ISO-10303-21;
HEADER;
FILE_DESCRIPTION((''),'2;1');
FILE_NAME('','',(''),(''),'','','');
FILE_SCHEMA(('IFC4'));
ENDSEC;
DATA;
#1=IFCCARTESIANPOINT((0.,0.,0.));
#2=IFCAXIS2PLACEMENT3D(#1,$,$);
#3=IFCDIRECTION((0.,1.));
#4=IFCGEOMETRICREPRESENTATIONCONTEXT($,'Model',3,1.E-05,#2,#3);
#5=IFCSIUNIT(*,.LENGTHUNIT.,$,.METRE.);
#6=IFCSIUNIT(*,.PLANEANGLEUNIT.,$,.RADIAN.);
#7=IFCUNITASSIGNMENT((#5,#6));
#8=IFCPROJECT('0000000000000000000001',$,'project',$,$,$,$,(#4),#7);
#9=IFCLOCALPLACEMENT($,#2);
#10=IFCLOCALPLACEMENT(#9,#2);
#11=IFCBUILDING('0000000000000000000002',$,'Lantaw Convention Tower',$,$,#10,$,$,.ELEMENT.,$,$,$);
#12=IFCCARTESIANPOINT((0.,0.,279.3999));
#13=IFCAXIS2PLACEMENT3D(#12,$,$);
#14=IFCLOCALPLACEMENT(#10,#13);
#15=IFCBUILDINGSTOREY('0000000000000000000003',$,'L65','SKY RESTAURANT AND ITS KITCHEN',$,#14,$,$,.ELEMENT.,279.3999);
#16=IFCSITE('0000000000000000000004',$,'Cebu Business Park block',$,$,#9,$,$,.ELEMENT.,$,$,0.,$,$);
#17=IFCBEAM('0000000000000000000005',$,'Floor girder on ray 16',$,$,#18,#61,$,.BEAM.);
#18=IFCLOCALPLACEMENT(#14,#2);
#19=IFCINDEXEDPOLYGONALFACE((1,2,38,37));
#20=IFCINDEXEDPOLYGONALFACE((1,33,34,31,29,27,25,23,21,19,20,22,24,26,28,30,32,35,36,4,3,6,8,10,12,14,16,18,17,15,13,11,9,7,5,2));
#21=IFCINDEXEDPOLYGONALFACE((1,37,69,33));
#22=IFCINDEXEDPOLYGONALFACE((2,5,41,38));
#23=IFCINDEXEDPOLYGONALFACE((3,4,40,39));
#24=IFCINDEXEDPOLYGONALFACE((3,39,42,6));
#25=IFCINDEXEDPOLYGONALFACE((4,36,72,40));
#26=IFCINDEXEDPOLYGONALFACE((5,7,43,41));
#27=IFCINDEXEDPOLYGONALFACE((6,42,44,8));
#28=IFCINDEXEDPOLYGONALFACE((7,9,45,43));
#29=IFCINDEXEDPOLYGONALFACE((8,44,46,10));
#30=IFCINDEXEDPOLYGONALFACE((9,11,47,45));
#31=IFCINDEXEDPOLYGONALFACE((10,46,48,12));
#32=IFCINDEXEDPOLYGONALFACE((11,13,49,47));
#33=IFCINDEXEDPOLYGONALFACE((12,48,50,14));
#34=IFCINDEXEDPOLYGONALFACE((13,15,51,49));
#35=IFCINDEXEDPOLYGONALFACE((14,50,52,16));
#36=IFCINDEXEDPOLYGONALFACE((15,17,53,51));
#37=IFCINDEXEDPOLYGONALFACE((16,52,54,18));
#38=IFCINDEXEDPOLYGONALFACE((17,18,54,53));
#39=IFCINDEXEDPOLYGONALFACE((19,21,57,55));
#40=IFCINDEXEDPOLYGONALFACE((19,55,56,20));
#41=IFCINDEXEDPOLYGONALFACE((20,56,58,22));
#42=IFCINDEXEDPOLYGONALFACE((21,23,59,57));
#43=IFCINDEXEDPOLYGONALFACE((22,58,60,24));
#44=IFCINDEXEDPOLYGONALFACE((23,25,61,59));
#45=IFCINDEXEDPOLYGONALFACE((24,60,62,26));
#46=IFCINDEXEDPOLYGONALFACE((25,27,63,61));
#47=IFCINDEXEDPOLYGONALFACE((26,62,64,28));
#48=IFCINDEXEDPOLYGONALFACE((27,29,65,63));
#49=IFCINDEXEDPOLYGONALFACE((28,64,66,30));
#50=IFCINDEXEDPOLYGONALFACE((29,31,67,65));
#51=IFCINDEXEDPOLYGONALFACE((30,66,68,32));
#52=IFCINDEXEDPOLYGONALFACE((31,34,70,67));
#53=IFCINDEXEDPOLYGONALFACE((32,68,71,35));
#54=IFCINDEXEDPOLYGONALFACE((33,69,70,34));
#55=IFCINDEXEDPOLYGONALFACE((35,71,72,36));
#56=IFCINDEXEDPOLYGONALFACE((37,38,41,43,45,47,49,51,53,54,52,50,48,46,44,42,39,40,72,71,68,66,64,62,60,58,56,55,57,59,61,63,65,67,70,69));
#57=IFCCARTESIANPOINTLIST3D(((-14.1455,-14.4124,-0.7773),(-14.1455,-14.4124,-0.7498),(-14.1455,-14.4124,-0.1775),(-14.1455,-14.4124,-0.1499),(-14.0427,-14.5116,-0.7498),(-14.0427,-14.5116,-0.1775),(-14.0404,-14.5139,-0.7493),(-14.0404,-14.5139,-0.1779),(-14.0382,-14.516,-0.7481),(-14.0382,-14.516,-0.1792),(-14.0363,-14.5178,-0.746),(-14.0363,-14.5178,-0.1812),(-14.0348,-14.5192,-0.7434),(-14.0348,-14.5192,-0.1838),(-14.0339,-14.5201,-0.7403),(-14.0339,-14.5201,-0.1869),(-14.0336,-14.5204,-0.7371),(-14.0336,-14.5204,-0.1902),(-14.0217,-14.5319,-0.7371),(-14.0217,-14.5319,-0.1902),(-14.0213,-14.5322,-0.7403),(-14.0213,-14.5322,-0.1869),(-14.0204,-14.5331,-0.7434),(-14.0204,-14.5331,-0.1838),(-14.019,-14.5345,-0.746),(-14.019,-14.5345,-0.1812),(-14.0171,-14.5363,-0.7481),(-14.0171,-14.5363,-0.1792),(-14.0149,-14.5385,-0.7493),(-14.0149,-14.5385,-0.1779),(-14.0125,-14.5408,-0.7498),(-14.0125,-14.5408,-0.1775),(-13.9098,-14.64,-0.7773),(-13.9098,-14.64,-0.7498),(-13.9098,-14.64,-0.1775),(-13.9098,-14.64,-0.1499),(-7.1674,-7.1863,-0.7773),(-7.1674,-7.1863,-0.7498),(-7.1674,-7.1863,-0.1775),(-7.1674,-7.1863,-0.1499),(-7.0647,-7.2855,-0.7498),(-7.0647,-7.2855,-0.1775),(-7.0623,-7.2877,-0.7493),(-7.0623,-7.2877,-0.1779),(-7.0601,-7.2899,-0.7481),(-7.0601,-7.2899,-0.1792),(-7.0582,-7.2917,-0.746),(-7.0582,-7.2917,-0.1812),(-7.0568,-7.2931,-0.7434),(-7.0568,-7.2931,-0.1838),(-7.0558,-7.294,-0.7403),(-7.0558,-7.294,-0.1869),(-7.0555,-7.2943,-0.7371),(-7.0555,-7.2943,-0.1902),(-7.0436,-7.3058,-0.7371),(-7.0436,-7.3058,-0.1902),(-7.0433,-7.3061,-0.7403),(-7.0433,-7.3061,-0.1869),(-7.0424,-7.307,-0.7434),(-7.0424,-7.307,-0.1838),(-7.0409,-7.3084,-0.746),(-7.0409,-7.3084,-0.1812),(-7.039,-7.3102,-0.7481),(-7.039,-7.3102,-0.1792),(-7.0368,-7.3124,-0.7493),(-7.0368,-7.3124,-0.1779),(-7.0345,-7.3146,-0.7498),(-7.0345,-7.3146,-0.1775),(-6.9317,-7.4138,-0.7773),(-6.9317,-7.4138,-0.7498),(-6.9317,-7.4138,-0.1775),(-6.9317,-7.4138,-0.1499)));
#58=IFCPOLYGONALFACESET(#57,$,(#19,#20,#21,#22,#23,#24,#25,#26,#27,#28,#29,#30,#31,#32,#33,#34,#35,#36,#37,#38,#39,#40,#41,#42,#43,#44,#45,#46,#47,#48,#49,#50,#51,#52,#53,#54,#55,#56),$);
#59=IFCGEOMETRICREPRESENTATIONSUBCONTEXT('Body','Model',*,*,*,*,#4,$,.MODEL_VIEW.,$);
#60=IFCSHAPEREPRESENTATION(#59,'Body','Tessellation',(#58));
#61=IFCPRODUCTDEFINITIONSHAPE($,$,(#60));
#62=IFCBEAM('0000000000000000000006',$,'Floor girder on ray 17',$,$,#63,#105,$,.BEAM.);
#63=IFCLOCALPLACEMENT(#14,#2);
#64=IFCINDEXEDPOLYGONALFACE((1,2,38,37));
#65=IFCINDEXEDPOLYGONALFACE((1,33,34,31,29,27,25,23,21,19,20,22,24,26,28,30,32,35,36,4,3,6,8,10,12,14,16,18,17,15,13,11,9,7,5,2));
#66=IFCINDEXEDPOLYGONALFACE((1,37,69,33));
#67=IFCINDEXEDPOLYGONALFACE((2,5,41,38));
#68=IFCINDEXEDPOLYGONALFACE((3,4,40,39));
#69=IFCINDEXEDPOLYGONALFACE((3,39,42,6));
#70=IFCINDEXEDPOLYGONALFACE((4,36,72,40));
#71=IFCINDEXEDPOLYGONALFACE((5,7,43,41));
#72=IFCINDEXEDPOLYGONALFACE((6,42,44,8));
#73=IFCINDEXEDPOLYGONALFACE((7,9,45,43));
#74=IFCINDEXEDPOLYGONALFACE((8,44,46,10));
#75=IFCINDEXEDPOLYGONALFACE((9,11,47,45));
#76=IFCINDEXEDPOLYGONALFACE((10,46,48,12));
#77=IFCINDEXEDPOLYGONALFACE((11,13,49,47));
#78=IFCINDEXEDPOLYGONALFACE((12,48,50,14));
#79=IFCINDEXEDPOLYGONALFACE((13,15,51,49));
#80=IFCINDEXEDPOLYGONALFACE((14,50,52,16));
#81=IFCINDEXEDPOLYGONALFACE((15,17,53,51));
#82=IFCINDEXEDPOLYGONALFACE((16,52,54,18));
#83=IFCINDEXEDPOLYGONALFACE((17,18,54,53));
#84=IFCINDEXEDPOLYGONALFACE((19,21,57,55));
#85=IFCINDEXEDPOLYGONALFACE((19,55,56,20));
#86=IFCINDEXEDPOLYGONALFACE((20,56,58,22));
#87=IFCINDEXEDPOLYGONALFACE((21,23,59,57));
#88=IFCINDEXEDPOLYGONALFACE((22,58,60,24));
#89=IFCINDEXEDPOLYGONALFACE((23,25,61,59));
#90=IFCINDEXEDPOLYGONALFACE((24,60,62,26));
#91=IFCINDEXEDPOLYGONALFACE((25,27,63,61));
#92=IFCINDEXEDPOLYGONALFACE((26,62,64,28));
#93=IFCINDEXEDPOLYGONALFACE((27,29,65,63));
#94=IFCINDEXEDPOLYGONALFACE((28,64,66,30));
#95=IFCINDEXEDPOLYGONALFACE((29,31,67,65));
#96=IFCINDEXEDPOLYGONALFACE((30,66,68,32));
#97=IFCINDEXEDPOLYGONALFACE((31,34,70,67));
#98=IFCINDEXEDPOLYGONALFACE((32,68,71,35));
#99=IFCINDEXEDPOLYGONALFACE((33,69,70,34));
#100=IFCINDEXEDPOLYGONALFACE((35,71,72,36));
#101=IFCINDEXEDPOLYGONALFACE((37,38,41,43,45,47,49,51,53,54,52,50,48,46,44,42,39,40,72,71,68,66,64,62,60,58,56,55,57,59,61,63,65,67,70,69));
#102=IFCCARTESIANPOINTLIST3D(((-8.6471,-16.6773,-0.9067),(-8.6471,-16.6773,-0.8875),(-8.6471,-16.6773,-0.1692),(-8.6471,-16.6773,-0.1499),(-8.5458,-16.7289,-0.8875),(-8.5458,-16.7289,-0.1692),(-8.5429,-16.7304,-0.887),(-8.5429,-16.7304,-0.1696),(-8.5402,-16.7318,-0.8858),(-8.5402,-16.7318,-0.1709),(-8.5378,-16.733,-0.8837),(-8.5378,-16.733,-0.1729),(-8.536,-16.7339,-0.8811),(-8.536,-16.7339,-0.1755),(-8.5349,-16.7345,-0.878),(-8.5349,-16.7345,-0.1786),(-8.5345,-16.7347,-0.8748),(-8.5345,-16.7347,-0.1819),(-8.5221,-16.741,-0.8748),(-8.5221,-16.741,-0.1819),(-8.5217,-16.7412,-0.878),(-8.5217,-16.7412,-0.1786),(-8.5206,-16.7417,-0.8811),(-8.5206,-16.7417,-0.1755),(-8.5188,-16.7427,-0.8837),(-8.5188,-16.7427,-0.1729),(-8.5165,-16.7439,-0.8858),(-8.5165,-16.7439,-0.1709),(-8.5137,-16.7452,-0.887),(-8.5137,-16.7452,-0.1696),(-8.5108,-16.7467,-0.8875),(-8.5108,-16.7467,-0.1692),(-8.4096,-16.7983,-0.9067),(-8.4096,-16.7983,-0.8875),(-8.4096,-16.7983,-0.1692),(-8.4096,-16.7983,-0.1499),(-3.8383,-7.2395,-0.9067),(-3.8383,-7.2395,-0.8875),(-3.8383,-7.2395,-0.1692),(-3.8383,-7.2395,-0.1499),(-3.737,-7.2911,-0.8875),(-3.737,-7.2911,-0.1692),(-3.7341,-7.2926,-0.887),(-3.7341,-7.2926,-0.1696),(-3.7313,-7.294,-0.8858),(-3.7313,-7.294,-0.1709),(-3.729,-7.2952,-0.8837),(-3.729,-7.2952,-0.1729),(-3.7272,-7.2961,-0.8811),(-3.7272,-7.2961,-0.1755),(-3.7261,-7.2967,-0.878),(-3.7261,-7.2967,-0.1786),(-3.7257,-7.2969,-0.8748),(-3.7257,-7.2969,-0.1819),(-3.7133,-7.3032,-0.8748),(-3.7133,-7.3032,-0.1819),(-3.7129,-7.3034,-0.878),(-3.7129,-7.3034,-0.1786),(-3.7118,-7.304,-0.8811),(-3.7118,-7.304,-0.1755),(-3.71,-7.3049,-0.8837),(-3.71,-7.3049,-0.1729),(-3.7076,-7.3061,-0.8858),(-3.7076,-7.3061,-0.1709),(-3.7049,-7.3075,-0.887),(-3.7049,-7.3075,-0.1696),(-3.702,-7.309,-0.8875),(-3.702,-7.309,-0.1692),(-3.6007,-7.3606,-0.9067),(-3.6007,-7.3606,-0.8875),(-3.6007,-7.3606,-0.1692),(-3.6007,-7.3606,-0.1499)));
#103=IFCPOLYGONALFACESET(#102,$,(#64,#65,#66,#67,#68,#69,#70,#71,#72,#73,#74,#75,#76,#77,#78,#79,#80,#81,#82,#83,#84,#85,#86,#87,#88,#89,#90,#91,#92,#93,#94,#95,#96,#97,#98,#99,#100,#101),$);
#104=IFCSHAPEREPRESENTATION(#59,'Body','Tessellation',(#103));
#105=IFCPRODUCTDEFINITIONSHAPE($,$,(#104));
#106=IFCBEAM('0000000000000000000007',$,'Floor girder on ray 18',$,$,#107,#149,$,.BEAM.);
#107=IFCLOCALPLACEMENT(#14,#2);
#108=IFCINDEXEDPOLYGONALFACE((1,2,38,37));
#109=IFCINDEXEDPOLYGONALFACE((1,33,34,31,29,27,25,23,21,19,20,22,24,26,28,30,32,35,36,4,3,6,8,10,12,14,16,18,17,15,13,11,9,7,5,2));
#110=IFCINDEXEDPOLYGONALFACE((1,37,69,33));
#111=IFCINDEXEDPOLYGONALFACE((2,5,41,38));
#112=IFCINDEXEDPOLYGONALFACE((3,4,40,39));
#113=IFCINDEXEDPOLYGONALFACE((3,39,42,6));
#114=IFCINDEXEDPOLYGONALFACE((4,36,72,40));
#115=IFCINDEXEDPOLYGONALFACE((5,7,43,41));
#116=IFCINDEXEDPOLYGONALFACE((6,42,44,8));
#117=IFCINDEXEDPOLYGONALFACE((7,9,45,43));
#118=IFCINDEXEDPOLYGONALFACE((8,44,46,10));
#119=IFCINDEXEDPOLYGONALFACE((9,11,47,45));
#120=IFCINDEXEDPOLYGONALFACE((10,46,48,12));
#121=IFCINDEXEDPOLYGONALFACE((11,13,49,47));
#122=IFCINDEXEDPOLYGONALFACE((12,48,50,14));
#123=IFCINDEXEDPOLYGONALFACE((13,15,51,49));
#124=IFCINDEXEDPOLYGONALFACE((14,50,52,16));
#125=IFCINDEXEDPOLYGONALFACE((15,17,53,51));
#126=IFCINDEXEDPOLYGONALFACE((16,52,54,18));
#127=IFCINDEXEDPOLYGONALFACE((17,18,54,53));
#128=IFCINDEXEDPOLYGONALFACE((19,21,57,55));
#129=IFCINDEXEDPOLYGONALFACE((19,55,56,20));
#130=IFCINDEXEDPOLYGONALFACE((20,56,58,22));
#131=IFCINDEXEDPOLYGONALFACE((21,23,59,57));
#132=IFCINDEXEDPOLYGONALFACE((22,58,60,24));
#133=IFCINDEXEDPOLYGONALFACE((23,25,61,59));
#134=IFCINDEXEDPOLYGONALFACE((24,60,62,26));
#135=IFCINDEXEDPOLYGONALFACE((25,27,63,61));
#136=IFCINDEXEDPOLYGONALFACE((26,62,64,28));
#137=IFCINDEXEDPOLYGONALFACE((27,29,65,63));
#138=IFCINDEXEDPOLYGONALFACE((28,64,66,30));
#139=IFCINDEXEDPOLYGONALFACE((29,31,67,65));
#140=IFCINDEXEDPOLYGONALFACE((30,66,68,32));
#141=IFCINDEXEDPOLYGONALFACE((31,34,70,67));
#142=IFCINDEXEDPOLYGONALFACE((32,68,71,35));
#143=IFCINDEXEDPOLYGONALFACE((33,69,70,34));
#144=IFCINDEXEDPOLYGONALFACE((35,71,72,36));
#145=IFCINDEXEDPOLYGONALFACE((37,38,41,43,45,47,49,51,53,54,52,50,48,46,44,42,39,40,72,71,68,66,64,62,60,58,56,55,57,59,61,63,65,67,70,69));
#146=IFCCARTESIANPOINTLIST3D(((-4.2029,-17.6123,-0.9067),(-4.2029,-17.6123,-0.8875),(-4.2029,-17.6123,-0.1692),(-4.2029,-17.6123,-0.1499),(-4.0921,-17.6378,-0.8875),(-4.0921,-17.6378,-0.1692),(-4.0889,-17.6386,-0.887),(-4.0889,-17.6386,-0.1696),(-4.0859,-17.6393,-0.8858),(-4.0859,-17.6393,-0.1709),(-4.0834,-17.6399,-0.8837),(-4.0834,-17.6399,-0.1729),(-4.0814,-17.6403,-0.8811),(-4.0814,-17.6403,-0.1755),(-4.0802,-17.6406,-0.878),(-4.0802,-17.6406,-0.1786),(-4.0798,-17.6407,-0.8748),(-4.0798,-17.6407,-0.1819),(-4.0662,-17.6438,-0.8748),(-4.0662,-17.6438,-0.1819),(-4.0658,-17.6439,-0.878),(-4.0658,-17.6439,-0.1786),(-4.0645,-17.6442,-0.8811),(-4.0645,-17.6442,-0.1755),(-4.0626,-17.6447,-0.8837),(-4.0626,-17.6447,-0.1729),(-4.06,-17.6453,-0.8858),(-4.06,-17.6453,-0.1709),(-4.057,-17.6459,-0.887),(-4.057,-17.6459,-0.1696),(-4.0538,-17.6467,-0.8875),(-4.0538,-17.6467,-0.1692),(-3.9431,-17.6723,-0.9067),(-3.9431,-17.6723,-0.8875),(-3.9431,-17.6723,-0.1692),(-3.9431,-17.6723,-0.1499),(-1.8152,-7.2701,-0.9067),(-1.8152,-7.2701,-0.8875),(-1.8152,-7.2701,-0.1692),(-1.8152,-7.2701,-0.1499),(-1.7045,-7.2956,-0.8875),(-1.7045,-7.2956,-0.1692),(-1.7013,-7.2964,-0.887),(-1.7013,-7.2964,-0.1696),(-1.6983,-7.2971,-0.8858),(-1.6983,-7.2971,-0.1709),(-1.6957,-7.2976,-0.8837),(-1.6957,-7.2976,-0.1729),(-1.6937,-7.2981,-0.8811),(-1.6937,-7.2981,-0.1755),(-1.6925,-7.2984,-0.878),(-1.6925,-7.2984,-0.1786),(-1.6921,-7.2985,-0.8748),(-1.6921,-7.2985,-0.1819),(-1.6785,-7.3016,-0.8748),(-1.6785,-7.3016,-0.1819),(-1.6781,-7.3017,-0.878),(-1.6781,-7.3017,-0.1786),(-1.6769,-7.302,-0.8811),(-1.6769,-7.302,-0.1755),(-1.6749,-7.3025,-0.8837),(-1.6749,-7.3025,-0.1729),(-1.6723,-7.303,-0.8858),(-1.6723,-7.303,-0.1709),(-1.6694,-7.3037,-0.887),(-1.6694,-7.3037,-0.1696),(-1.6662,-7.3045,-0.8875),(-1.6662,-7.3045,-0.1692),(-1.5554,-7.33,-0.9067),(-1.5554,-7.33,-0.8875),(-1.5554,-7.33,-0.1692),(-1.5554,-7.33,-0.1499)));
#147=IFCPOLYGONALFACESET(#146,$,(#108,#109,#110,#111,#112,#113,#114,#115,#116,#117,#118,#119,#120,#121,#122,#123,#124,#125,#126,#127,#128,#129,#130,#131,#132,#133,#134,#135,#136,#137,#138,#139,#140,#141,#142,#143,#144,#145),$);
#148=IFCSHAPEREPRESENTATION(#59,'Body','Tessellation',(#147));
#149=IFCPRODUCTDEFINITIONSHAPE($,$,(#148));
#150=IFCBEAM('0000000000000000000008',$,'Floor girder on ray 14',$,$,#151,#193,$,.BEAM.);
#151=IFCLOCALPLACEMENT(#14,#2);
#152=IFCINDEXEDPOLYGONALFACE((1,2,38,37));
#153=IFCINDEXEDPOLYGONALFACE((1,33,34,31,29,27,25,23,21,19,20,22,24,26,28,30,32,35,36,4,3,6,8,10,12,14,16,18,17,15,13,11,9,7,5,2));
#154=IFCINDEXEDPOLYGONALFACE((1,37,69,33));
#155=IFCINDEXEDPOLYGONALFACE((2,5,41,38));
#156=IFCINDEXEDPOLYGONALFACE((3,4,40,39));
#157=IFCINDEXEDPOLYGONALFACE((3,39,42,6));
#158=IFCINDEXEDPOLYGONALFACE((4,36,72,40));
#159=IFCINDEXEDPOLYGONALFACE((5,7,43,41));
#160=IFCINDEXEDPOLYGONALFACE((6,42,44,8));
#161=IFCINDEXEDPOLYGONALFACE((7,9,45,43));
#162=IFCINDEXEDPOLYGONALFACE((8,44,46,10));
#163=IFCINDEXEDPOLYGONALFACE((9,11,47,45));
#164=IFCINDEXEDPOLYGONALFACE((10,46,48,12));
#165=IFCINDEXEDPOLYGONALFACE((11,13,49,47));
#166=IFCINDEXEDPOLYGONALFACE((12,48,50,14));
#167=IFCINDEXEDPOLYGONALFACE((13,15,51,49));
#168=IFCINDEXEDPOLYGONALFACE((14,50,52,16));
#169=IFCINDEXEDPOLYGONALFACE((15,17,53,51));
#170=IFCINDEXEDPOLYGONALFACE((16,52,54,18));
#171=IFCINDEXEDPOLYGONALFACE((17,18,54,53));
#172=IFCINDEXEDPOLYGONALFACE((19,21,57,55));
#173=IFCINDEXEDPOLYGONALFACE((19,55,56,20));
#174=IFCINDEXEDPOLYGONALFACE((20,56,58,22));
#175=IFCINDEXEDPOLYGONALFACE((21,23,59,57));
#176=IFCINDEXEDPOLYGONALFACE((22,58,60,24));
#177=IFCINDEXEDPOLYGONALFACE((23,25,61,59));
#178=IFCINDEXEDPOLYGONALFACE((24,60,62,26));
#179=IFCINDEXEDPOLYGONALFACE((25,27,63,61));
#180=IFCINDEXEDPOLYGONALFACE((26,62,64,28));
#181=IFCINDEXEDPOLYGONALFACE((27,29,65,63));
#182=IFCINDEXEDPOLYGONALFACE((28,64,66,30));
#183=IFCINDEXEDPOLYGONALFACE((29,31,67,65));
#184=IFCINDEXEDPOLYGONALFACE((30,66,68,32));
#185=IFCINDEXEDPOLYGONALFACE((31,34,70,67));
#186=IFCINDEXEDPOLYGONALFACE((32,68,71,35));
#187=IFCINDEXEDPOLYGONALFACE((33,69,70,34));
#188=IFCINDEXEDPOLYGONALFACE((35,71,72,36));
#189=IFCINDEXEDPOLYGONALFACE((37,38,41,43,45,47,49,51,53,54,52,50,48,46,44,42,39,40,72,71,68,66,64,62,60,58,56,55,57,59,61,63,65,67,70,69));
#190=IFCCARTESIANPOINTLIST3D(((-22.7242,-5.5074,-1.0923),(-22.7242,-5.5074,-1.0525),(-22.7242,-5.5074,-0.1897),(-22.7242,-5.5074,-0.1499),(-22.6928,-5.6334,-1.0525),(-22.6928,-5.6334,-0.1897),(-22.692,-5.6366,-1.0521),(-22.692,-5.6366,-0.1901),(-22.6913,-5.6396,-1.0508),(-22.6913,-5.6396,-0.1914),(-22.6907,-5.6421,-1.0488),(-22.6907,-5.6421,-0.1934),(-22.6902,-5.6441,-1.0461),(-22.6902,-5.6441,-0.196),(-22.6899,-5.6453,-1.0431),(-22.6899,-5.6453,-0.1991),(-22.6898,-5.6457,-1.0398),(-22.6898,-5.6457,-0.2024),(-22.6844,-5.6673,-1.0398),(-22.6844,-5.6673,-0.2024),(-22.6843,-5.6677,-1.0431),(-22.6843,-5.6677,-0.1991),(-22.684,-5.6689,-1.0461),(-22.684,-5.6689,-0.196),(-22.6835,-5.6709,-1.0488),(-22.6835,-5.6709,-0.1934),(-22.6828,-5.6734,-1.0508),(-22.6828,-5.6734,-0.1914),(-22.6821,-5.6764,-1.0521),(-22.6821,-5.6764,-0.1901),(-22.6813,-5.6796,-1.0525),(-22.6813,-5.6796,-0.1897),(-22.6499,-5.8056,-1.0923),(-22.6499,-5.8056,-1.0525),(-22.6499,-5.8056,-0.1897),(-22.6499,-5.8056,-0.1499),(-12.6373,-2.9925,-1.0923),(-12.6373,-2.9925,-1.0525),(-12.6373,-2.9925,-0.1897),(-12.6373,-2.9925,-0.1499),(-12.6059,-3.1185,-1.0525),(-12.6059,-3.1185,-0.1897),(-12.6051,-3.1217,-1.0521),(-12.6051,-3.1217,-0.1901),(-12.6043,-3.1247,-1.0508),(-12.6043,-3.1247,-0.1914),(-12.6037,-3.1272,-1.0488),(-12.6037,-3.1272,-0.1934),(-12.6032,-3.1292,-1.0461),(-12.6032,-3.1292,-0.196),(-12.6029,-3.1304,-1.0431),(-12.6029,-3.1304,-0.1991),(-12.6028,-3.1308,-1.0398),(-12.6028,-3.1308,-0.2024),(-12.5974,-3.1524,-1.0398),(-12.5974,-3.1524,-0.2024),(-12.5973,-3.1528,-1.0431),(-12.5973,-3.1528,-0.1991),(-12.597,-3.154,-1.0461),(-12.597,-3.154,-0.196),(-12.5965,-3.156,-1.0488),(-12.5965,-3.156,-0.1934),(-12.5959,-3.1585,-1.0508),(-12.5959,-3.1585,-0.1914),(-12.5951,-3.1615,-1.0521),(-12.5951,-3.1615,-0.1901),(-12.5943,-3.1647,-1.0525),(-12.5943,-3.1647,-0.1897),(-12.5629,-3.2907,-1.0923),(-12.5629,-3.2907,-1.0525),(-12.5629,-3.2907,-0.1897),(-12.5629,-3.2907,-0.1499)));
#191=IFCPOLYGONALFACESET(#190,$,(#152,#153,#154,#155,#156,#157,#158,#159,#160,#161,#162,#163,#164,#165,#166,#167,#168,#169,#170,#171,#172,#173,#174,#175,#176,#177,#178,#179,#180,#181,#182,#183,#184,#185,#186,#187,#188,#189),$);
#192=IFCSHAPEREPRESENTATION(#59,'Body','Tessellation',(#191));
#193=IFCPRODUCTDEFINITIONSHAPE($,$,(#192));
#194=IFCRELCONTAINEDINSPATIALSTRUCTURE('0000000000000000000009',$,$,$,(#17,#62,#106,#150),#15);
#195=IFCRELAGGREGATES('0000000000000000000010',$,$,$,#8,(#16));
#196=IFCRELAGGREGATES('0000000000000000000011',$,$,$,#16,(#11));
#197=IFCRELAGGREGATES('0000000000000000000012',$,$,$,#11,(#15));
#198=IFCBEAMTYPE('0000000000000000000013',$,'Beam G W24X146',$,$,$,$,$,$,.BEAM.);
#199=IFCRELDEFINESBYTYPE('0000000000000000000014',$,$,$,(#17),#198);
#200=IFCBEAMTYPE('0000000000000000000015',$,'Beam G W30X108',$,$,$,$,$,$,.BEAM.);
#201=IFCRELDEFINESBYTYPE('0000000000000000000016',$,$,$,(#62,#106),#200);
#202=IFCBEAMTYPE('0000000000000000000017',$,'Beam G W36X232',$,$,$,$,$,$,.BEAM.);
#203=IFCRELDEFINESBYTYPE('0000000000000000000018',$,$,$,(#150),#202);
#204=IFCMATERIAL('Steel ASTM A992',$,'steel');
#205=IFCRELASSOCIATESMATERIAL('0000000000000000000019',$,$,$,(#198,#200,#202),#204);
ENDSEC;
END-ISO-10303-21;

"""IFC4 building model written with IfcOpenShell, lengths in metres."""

from ifc_helpers import new_model, si_unit, direction, frame, origin, origin_2d, place, context, subcontext, project, spatial, i_section, extrude, material, material_profile, profile_set, type_object, element, save


model = new_model("IFC4")

# Units and contexts
model_context = context("Model", 3, precision=1e-05, world=origin(), true_north=direction((0.0, 1.0)))
body_context = subcontext(model_context, "Body", "Model", "MODEL_VIEW")
ifc_project = project(units=[si_unit("LENGTHUNIT", "METRE"), si_unit("PLANEANGLEUNIT", "RADIAN")], contexts=[model_context])

# Site, building, storey
site_placement = place(None, origin())
site = spatial("IfcSite", under=ifc_project, at=site_placement, Name="Cebu Business Park block", CompositionType="ELEMENT", RefElevation=0.0)
building_placement = place(site_placement, origin())
building = spatial("IfcBuilding", under=site, at=building_placement, Name="Lantaw Convention Tower", CompositionType="ELEMENT")
storey_placement = place(building_placement, frame((0.0, 0.0, 279.3999)))
storey = spatial("IfcBuildingStorey", under=building, at=storey_placement, Name="L65", Description="SKY RESTAURANT AND ITS KITCHEN", CompositionType="ELEMENT", Elevation=279.3999)

# Beams
ifc_material_1 = material(Name="Steel ASTM A992", Category="steel")
ifc_material_profile_1 = material_profile(ifc_material_1, i_section(OverallWidth=0.3276, OverallDepth=0.6274, WebThickness=0.0166, FlangeThickness=0.0276, FilletRadius=0.0127, at=origin_2d()), Name="W24X146")
ifc_profile_set_1 = profile_set([ifc_material_profile_1], Name="Steel ASTM A992")
beam_type_1 = type_object("IfcBeamType", Name="Beam G W24X146", PredefinedType="BEAM", material=ifc_profile_set_1)
beam_1_placement = place(storey_placement, frame((-7.0496, -7.3, -0.4636), z_axis=(-0.694653, -0.719345, 0.0), x_axis=(0.719345, -0.694653, 0.0)))
element("IfcBeam", 1, at=beam_1_placement, inside=storey, type_object=beam_type_1, Name="Floor girder on ray 16", PredefinedType="BEAM", context=body_context, shape_type="SweptSolid", body=[
    extrude(i_section(OverallWidth=0.3276, OverallDepth=0.6274, WebThickness=0.0166, FlangeThickness=0.0276, FilletRadius=0.0127, at=origin_2d()), origin(), (0.0, 0.0, 1.0), 10.0454),
])
ifc_material_profile_2 = material_profile(ifc_material_1, i_section(OverallWidth=0.2666, OverallDepth=0.7568, WebThickness=0.0139, FlangeThickness=0.0193, FilletRadius=0.0127, at=origin_2d()), Name="W30X108")
ifc_profile_set_2 = profile_set([ifc_material_profile_2], Name="Steel ASTM A992")
beam_type_2 = type_object("IfcBeamType", Name="Beam G W30X108", PredefinedType="BEAM", material=ifc_profile_set_2)
beam_2_placement = place(storey_placement, frame((-3.7195, -7.3, -0.5283), z_axis=(-0.453996, -0.891004, 0.0), x_axis=(0.891004, -0.453996, 0.0)))
element("IfcBeam", 2, at=beam_2_placement, inside=storey, type_object=beam_type_2, Name="Floor girder on ray 17", PredefinedType="BEAM", context=body_context, shape_type="SweptSolid", body=[
    extrude(i_section(OverallWidth=0.2666, OverallDepth=0.7568, WebThickness=0.0139, FlangeThickness=0.0193, FilletRadius=0.0127, at=origin_2d()), origin(), (0.0, 0.0, 1.0), 10.5923),
])
beam_3_placement = place(storey_placement, frame((-1.6853, -7.3, -0.5283), z_axis=(-0.22495, -0.97437, 0.0), x_axis=(0.97437, -0.22495, 0.0)))
element("IfcBeam", 3, at=beam_3_placement, inside=storey, type_object=beam_type_2, Name="Floor girder on ray 18", PredefinedType="BEAM", context=body_context, shape_type="SweptSolid", body=[
    extrude(i_section(OverallWidth=0.2666, OverallDepth=0.7568, WebThickness=0.0139, FlangeThickness=0.0193, FilletRadius=0.0127, at=origin_2d()), origin(), (0.0, 0.0, 1.0), 10.6143),
])
ifc_material_profile_3 = material_profile(ifc_material_1, i_section(OverallWidth=0.3074, OverallDepth=0.9424, WebThickness=0.0222, FlangeThickness=0.0398, FilletRadius=0.0127, at=origin_2d()), Name="W36X232")
ifc_profile_set_3 = profile_set([ifc_material_profile_3], Name="Steel ASTM A992")
beam_type_3 = type_object("IfcBeamType", Name="Beam G W36X232", PredefinedType="BEAM", material=ifc_profile_set_3)
beam_4_placement = place(storey_placement, frame((-12.6001, -3.1416, -0.6211), z_axis=(-0.970297, -0.241917, 0.0), x_axis=(0.241917, -0.970297, 0.0)))
element("IfcBeam", 4, at=beam_4_placement, inside=storey, type_object=beam_type_3, Name="Floor girder on ray 14", PredefinedType="BEAM", context=body_context, shape_type="SweptSolid", body=[
    extrude(i_section(OverallWidth=0.3074, OverallDepth=0.9424, WebThickness=0.0222, FlangeThickness=0.0398, FilletRadius=0.0127, at=origin_2d()), origin(), (0.0, 0.0, 1.0), 10.3958),
])

save(model, "model.ifc")
